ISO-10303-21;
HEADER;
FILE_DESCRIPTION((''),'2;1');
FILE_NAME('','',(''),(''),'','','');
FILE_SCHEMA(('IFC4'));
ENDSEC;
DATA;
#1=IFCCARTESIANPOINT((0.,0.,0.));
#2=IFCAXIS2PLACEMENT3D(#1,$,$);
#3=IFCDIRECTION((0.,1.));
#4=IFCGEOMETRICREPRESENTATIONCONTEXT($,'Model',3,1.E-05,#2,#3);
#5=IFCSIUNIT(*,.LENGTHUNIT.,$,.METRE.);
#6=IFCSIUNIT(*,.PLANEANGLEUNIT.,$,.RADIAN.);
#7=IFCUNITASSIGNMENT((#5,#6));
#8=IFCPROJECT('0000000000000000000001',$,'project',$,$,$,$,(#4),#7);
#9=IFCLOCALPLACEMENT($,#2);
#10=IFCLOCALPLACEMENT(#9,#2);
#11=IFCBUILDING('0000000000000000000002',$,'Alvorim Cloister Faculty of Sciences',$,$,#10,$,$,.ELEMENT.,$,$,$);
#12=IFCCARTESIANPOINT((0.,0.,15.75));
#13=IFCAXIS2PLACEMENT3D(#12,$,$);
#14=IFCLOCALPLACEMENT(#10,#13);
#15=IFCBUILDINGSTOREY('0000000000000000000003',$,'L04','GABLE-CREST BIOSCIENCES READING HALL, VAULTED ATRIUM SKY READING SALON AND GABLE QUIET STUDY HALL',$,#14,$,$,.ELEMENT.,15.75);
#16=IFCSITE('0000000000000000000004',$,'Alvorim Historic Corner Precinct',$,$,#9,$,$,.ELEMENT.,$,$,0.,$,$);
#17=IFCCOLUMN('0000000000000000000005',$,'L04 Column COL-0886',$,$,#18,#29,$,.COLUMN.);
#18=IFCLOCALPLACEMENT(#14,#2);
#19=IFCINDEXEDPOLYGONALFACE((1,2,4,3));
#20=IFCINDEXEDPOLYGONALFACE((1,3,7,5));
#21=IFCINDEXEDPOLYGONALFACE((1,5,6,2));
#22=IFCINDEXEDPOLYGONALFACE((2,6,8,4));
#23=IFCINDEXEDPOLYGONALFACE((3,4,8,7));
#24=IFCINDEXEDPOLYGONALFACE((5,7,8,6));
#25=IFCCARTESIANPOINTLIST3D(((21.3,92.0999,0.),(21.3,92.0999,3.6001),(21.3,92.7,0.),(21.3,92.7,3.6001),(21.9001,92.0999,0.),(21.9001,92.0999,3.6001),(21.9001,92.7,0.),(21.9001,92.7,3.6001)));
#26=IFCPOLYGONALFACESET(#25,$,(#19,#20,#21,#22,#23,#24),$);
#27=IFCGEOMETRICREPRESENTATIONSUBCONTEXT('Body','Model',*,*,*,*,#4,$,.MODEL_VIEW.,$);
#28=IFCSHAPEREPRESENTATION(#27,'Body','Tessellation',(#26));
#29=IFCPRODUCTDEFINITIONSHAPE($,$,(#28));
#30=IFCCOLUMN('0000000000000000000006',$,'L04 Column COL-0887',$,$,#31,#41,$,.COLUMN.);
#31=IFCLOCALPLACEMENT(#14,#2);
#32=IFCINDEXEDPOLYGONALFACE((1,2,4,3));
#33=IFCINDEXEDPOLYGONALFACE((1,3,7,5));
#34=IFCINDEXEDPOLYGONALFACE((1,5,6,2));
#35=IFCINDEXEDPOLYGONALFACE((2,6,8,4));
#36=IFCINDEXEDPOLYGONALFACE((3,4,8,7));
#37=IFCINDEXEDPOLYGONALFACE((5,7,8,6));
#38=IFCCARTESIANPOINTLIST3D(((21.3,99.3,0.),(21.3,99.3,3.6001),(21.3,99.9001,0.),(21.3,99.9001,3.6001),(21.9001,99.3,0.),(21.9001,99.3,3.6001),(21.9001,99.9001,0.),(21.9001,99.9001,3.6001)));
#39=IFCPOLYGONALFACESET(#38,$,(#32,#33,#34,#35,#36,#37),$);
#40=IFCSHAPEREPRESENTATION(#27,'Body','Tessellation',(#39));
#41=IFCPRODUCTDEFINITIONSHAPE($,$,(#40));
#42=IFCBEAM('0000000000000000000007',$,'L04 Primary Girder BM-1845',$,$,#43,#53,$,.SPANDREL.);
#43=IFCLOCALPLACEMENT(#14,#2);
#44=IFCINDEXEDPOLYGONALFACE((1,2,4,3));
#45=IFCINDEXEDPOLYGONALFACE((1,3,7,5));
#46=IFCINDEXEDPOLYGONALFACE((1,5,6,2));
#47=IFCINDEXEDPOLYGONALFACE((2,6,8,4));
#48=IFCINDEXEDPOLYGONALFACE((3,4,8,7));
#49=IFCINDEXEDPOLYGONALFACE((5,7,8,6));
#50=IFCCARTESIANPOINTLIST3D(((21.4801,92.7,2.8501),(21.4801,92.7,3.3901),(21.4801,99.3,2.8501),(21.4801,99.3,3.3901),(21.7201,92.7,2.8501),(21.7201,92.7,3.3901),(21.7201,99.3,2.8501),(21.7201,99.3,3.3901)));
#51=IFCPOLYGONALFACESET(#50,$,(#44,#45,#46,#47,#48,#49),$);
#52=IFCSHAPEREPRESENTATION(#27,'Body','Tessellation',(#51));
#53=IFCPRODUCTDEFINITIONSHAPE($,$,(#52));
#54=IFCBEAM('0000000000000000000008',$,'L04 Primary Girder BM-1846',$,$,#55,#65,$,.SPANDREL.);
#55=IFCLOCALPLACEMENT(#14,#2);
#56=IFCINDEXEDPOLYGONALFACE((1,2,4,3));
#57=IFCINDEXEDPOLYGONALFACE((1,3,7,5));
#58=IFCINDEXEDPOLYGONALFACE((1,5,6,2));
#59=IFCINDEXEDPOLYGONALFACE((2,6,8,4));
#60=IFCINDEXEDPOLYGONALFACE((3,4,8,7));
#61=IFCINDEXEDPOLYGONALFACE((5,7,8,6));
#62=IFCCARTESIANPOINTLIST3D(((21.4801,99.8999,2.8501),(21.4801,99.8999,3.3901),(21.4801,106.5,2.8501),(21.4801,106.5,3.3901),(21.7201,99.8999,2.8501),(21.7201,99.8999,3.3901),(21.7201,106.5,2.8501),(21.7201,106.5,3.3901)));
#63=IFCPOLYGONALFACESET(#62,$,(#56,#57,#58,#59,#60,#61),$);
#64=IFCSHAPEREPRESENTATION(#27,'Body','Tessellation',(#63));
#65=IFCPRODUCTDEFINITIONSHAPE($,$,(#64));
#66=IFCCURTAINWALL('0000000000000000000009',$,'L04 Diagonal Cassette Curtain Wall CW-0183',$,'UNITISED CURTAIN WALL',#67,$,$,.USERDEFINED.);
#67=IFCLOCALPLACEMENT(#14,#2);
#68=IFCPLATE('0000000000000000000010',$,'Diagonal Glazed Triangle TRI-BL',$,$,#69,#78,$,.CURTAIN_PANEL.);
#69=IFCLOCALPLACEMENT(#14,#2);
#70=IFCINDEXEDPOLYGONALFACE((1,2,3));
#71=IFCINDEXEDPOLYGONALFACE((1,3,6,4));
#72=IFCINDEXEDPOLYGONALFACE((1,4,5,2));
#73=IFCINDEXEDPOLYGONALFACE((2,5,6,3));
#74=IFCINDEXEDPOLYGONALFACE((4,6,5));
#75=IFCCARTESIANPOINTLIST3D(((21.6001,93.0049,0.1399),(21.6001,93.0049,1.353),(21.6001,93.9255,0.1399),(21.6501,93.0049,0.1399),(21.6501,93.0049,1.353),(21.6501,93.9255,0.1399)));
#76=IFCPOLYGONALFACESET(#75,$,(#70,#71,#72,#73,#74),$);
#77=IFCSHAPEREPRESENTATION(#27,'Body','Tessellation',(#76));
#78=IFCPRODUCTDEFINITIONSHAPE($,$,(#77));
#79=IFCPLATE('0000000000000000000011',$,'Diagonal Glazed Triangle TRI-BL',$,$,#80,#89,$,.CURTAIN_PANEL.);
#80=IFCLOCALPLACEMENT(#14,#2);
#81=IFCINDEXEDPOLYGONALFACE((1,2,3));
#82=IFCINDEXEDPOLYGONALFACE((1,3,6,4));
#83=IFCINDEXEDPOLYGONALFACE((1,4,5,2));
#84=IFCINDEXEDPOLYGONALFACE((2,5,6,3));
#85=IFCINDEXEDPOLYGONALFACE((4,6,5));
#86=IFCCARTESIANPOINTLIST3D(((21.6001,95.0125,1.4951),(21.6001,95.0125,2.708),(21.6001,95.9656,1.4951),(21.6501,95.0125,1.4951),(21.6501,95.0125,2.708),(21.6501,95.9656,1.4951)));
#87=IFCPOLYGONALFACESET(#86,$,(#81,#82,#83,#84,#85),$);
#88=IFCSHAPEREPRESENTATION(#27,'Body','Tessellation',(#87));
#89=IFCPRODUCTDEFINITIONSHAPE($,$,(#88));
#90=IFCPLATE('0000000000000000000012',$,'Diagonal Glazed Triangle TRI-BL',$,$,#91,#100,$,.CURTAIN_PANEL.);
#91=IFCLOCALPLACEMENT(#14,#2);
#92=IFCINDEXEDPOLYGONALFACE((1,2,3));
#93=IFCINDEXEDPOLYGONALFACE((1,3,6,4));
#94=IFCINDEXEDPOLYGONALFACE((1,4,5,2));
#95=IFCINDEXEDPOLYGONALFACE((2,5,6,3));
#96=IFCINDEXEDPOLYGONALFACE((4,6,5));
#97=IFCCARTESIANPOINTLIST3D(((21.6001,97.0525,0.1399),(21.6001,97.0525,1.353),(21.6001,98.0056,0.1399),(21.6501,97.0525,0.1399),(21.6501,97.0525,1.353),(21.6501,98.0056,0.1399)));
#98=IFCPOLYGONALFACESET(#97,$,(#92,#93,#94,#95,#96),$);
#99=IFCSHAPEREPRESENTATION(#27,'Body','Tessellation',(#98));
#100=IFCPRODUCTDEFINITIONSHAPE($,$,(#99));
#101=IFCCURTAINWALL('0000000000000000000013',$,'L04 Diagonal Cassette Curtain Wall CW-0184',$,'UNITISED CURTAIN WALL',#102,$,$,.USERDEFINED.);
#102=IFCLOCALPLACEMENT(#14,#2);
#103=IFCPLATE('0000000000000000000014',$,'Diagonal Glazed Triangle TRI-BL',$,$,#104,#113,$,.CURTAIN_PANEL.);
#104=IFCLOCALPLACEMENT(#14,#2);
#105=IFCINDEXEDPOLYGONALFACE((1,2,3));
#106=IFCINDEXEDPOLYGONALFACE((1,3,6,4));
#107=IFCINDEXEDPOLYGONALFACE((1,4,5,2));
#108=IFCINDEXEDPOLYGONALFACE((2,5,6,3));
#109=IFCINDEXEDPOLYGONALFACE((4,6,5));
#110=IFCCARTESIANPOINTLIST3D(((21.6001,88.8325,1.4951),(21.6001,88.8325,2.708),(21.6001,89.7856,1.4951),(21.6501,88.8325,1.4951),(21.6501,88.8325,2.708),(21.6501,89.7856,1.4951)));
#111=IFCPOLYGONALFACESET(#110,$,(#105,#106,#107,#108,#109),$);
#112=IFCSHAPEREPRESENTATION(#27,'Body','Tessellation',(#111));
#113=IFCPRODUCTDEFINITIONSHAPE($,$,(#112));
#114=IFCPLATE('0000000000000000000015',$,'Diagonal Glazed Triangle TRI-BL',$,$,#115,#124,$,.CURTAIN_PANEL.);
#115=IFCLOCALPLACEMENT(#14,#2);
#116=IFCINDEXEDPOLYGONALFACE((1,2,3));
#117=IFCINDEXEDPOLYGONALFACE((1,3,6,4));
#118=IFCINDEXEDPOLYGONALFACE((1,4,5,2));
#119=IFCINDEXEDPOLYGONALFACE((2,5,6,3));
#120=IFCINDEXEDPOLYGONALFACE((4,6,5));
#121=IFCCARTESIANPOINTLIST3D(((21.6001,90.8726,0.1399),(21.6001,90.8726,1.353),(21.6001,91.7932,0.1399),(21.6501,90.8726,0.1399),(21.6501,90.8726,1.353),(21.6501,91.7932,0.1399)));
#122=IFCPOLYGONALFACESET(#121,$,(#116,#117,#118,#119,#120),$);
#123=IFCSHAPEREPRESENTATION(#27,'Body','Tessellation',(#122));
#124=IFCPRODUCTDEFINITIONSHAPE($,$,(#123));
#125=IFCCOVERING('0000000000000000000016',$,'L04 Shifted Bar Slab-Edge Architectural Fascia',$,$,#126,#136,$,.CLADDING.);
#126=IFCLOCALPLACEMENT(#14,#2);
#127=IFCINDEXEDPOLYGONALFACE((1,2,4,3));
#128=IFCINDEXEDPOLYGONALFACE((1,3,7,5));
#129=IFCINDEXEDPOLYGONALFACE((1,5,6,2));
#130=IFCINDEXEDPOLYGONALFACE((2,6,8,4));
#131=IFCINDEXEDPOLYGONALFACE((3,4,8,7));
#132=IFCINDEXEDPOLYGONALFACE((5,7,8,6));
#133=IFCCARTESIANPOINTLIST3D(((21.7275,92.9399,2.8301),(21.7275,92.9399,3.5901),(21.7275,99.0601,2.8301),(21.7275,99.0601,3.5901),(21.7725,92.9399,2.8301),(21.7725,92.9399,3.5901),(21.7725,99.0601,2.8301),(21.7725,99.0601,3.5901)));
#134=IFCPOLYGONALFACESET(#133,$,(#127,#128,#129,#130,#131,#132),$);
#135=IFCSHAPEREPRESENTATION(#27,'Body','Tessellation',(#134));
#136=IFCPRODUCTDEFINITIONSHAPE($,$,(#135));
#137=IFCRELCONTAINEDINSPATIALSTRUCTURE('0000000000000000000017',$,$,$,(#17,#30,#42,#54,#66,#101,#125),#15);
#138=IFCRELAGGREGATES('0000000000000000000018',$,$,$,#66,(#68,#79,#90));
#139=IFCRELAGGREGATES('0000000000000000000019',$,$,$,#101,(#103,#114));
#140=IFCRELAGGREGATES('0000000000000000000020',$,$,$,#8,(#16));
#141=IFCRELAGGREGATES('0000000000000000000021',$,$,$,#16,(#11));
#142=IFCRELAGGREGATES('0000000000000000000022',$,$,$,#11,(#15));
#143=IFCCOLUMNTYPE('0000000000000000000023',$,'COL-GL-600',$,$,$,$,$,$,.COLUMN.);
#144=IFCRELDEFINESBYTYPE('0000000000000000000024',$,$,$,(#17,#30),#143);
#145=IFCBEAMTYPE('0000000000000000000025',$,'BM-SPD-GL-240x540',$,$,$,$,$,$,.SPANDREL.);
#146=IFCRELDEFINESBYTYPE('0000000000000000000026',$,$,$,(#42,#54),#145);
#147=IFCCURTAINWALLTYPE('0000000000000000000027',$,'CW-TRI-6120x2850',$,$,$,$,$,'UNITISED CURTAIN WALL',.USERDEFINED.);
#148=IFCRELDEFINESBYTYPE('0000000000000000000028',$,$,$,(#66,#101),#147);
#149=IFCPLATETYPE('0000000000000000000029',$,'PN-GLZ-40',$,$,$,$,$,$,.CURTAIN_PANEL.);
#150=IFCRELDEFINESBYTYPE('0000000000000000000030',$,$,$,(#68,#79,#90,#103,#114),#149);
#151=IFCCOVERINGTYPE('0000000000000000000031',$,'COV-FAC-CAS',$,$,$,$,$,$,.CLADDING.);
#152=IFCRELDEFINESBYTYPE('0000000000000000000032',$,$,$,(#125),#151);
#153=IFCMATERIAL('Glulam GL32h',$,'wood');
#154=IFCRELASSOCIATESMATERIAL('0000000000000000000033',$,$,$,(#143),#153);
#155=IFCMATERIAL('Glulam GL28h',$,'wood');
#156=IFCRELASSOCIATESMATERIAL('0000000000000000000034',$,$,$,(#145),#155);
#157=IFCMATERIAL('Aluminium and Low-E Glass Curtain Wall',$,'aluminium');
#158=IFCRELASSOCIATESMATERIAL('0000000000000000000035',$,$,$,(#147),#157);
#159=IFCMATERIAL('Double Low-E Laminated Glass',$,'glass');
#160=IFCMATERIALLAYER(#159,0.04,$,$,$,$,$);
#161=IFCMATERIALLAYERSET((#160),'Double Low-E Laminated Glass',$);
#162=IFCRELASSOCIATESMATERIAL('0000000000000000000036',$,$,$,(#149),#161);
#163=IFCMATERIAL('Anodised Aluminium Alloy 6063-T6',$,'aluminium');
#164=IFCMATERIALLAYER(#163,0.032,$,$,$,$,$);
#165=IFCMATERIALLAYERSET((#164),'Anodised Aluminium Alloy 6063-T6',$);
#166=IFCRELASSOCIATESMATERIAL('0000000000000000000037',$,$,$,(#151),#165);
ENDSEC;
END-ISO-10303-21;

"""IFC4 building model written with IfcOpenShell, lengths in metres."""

from ifc_helpers import new_model, si_unit, direction, frame, origin, origin_2d, place, context, subcontext, project, spatial, polyline, rectangle, outline, extrude, material, layer, layer_set, material_profile, profile_set, type_object, element, aggregate, save


model = new_model("IFC4")

# Units and contexts
model_context = context("Model", 3, precision=1e-05, world=origin(), true_north=direction((0.0, 1.0)))
body_context = subcontext(model_context, "Body", "Model", "MODEL_VIEW")
ifc_project = project(units=[si_unit("LENGTHUNIT", "METRE"), si_unit("PLANEANGLEUNIT", "RADIAN")], contexts=[model_context])

# Site, building, storey
site_placement = place(None, origin())
site = spatial("IfcSite", under=ifc_project, at=site_placement, Name="Alvorim Historic Corner Precinct", CompositionType="ELEMENT", RefElevation=0.0)
building_placement = place(site_placement, origin())
building = spatial("IfcBuilding", under=site, at=building_placement, Name="Alvorim Cloister Faculty of Sciences", CompositionType="ELEMENT")
storey_placement = place(building_placement, frame((0.0, 0.0, 15.75)))
storey = spatial("IfcBuildingStorey", under=building, at=storey_placement, Name="L04", Description="GABLE-CREST BIOSCIENCES READING HALL, VAULTED ATRIUM SKY READING SALON AND GABLE QUIET STUDY HALL", CompositionType="ELEMENT", Elevation=15.75)

# Columns
ifc_material_1 = material(Name="Glulam GL32h", Category="wood")
ifc_material_profile_1 = material_profile(ifc_material_1, rectangle(XDim=0.6001, YDim=0.6001, at=origin_2d()), Name="GL32-COL-600x600")
ifc_profile_set_1 = profile_set([ifc_material_profile_1], Name="Glulam GL32h")
column_type = type_object("IfcColumnType", Name="COL-GL-600", PredefinedType="COLUMN", material=ifc_profile_set_1)
for number, where, z_axis, x_axis, name in (
    (1, (21.6001, 92.3999, 0.0), (0.0, 0.0, 1.0), (1.0, 0.0, 0.0), "L04 Column COL-0886"),
    (2, (21.6001, 99.6001, 0.0), (0.0, 0.0, 1.0), (1.0, 0.0, 0.0), "L04 Column COL-0887"),
):
    element("IfcColumn", number, at=place(storey_placement, frame(where, z_axis=z_axis, x_axis=x_axis)), inside=storey, type_object=column_type, Name=name, PredefinedType="COLUMN", context=body_context, shape_type="SweptSolid", body=[
        extrude(rectangle(XDim=0.6001, YDim=0.6001, at=origin_2d()), origin(), (0.0, 0.0, 1.0), 3.6001),
    ])

# Beams
ifc_material_2 = material(Name="Glulam GL28h", Category="wood")
ifc_material_profile_2 = material_profile(ifc_material_2, rectangle(XDim=0.24, YDim=0.54, at=origin_2d()), Name="GL28-SPD-240x540")
ifc_profile_set_2 = profile_set([ifc_material_profile_2], Name="Glulam GL28h")
beam_type = type_object("IfcBeamType", Name="BM-SPD-GL-240x540", PredefinedType="SPANDREL", material=ifc_profile_set_2)
for number, where, z_axis, x_axis, name in (
    (3, (21.6001, 92.7, 3.1201), (0.0, 1.0, 0.0), (-1.0, 0.0, 0.0), "L04 Primary Girder BM-1845"),
    (4, (21.6001, 99.8999, 3.1201), (0.0, 1.0, 0.0), (-1.0, 0.0, 0.0), "L04 Primary Girder BM-1846"),
):
    element("IfcBeam", number, at=place(storey_placement, frame(where, z_axis=z_axis, x_axis=x_axis)), inside=storey, type_object=beam_type, Name=name, PredefinedType="SPANDREL", context=body_context, shape_type="SweptSolid", body=[
        extrude(rectangle(XDim=0.24, YDim=0.54, at=origin_2d()), origin(), (0.0, 0.0, 1.0), 6.6001),
    ])

# Curtain walls, plates
ifc_material_3 = material(Name="Aluminium and Low-E Glass Curtain Wall", Category="aluminium")
curtain_wall_type = type_object("IfcCurtainWallType", Name="CW-TRI-6120x2850", ElementType="UNITISED CURTAIN WALL", PredefinedType="USERDEFINED", material=ifc_material_3)
curtain_wall_1_placement = place(storey_placement, origin())
curtain_wall_1 = element("IfcCurtainWall", 5, at=curtain_wall_1_placement, inside=storey, type_object=curtain_wall_type, Name="L04 Diagonal Cassette Curtain Wall CW-0183", ObjectType="UNITISED CURTAIN WALL", PredefinedType="USERDEFINED")
ifc_material_4 = material(Name="Double Low-E Laminated Glass", Category="glass")
ifc_layer_1 = layer(ifc_material_4, 0.04)
ifc_layer_set_1 = layer_set([ifc_layer_1], Name="Double Low-E Laminated Glass")
plate_type = type_object("IfcPlateType", Name="PN-GLZ-40", PredefinedType="CURTAIN_PANEL", material=ifc_layer_set_1)
plate_1_placement = place(storey_placement, frame((21.625, 93.0049, 0.1399), z_axis=(0.0, 0.0, 1.0), x_axis=(0.0, 1.0, 0.0)))
plate_1 = element("IfcPlate", 6, at=plate_1_placement, type_object=plate_type, Name="Diagonal Glazed Triangle TRI-BL", PredefinedType="CURTAIN_PANEL", context=body_context, shape_type="SweptSolid", body=[
    extrude(outline(polyline([(0.0, 0.0), (0.9207, 0.0), (0.0, 1.2131), (0.0, 0.0)])), frame((0.0, 0.0249, 0.0), z_axis=(0.0, -1.0, 0.0), x_axis=(1.0, 0.0, 0.0)), (0.0, 0.0, 1.0), 0.05),
])
plate_2_placement = place(storey_placement, frame((21.625, 95.0125, 1.4951), z_axis=(0.0, 0.0, 1.0), x_axis=(0.0, 1.0, 0.0)))
plate_2 = element("IfcPlate", 7, at=plate_2_placement, type_object=plate_type, Name="Diagonal Glazed Triangle TRI-BL", PredefinedType="CURTAIN_PANEL", context=body_context, shape_type="SweptSolid", body=[
    extrude(outline(polyline([(0.0, 0.0), (0.9531, 0.0), (0.0, 1.2129), (0.0, 0.0)])), frame((0.0, 0.0249, 0.0), z_axis=(0.0, -1.0, 0.0), x_axis=(1.0, 0.0, 0.0)), (0.0, 0.0, 1.0), 0.05),
])
plate_3_placement = place(storey_placement, frame((21.625, 97.0525, 0.1399), z_axis=(0.0, 0.0, 1.0), x_axis=(0.0, 1.0, 0.0)))
plate_3 = element("IfcPlate", 8, at=plate_3_placement, type_object=plate_type, Name="Diagonal Glazed Triangle TRI-BL", PredefinedType="CURTAIN_PANEL", context=body_context, shape_type="SweptSolid", body=[
    extrude(outline(polyline([(0.0, 0.0), (0.9531, 0.0), (0.0, 1.2131), (0.0, 0.0)])), frame((0.0, 0.0249, 0.0), z_axis=(0.0, -1.0, 0.0), x_axis=(1.0, 0.0, 0.0)), (0.0, 0.0, 1.0), 0.05),
])
aggregate(curtain_wall_1, [plate_1, plate_2, plate_3])
curtain_wall_2_placement = place(storey_placement, origin())
curtain_wall_2 = element("IfcCurtainWall", 9, at=curtain_wall_2_placement, inside=storey, type_object=curtain_wall_type, Name="L04 Diagonal Cassette Curtain Wall CW-0184", ObjectType="UNITISED CURTAIN WALL", PredefinedType="USERDEFINED")
plate_4_placement = place(storey_placement, frame((21.625, 88.8325, 1.4951), z_axis=(0.0, 0.0, 1.0), x_axis=(0.0, 1.0, 0.0)))
plate_4 = element("IfcPlate", 10, at=plate_4_placement, type_object=plate_type, Name="Diagonal Glazed Triangle TRI-BL", PredefinedType="CURTAIN_PANEL", context=body_context, shape_type="SweptSolid", body=[
    extrude(outline(polyline([(0.0, 0.0), (0.9531, 0.0), (0.0, 1.2129), (0.0, 0.0)])), frame((0.0, 0.0249, 0.0), z_axis=(0.0, -1.0, 0.0), x_axis=(1.0, 0.0, 0.0)), (0.0, 0.0, 1.0), 0.05),
])
plate_5_placement = place(storey_placement, frame((21.625, 90.8726, 0.1399), z_axis=(0.0, 0.0, 1.0), x_axis=(0.0, 1.0, 0.0)))
plate_5 = element("IfcPlate", 11, at=plate_5_placement, type_object=plate_type, Name="Diagonal Glazed Triangle TRI-BL", PredefinedType="CURTAIN_PANEL", context=body_context, shape_type="SweptSolid", body=[
    extrude(outline(polyline([(0.0, 0.0), (0.9207, 0.0), (0.0, 1.2131), (0.0, 0.0)])), frame((0.0, 0.0249, 0.0), z_axis=(0.0, -1.0, 0.0), x_axis=(1.0, 0.0, 0.0)), (0.0, 0.0, 1.0), 0.05),
])
aggregate(curtain_wall_2, [plate_4, plate_5])

# Covering
ifc_material_5 = material(Name="Anodised Aluminium Alloy 6063-T6", Category="aluminium")
ifc_layer_2 = layer(ifc_material_5, 0.032)
ifc_layer_set_2 = layer_set([ifc_layer_2], Name="Anodised Aluminium Alloy 6063-T6")
covering_type = type_object("IfcCoveringType", Name="COV-FAC-CAS", PredefinedType="CLADDING", material=ifc_layer_set_2)
covering_placement = place(storey_placement, frame((21.75, 92.9399, 2.8301), z_axis=(0.0, 0.0, 1.0), x_axis=(0.0, 1.0, 0.0)))
element("IfcCovering", 12, at=covering_placement, inside=storey, type_object=covering_type, Name="L04 Shifted Bar Slab-Edge Architectural Fascia", PredefinedType="CLADDING", context=body_context, shape_type="SweptSolid", body=[
    extrude(outline(polyline([(0.0, 0.0), (6.1201, 0.0), (6.1201, 0.76), (0.0, 0.76), (0.0, 0.0)])), frame((0.0, 0.0225, 0.0), z_axis=(0.0, -1.0, 0.0), x_axis=(1.0, 0.0, 0.0)), (0.0, 0.0, 1.0), 0.0449),
])

save(model, "model.ifc")
